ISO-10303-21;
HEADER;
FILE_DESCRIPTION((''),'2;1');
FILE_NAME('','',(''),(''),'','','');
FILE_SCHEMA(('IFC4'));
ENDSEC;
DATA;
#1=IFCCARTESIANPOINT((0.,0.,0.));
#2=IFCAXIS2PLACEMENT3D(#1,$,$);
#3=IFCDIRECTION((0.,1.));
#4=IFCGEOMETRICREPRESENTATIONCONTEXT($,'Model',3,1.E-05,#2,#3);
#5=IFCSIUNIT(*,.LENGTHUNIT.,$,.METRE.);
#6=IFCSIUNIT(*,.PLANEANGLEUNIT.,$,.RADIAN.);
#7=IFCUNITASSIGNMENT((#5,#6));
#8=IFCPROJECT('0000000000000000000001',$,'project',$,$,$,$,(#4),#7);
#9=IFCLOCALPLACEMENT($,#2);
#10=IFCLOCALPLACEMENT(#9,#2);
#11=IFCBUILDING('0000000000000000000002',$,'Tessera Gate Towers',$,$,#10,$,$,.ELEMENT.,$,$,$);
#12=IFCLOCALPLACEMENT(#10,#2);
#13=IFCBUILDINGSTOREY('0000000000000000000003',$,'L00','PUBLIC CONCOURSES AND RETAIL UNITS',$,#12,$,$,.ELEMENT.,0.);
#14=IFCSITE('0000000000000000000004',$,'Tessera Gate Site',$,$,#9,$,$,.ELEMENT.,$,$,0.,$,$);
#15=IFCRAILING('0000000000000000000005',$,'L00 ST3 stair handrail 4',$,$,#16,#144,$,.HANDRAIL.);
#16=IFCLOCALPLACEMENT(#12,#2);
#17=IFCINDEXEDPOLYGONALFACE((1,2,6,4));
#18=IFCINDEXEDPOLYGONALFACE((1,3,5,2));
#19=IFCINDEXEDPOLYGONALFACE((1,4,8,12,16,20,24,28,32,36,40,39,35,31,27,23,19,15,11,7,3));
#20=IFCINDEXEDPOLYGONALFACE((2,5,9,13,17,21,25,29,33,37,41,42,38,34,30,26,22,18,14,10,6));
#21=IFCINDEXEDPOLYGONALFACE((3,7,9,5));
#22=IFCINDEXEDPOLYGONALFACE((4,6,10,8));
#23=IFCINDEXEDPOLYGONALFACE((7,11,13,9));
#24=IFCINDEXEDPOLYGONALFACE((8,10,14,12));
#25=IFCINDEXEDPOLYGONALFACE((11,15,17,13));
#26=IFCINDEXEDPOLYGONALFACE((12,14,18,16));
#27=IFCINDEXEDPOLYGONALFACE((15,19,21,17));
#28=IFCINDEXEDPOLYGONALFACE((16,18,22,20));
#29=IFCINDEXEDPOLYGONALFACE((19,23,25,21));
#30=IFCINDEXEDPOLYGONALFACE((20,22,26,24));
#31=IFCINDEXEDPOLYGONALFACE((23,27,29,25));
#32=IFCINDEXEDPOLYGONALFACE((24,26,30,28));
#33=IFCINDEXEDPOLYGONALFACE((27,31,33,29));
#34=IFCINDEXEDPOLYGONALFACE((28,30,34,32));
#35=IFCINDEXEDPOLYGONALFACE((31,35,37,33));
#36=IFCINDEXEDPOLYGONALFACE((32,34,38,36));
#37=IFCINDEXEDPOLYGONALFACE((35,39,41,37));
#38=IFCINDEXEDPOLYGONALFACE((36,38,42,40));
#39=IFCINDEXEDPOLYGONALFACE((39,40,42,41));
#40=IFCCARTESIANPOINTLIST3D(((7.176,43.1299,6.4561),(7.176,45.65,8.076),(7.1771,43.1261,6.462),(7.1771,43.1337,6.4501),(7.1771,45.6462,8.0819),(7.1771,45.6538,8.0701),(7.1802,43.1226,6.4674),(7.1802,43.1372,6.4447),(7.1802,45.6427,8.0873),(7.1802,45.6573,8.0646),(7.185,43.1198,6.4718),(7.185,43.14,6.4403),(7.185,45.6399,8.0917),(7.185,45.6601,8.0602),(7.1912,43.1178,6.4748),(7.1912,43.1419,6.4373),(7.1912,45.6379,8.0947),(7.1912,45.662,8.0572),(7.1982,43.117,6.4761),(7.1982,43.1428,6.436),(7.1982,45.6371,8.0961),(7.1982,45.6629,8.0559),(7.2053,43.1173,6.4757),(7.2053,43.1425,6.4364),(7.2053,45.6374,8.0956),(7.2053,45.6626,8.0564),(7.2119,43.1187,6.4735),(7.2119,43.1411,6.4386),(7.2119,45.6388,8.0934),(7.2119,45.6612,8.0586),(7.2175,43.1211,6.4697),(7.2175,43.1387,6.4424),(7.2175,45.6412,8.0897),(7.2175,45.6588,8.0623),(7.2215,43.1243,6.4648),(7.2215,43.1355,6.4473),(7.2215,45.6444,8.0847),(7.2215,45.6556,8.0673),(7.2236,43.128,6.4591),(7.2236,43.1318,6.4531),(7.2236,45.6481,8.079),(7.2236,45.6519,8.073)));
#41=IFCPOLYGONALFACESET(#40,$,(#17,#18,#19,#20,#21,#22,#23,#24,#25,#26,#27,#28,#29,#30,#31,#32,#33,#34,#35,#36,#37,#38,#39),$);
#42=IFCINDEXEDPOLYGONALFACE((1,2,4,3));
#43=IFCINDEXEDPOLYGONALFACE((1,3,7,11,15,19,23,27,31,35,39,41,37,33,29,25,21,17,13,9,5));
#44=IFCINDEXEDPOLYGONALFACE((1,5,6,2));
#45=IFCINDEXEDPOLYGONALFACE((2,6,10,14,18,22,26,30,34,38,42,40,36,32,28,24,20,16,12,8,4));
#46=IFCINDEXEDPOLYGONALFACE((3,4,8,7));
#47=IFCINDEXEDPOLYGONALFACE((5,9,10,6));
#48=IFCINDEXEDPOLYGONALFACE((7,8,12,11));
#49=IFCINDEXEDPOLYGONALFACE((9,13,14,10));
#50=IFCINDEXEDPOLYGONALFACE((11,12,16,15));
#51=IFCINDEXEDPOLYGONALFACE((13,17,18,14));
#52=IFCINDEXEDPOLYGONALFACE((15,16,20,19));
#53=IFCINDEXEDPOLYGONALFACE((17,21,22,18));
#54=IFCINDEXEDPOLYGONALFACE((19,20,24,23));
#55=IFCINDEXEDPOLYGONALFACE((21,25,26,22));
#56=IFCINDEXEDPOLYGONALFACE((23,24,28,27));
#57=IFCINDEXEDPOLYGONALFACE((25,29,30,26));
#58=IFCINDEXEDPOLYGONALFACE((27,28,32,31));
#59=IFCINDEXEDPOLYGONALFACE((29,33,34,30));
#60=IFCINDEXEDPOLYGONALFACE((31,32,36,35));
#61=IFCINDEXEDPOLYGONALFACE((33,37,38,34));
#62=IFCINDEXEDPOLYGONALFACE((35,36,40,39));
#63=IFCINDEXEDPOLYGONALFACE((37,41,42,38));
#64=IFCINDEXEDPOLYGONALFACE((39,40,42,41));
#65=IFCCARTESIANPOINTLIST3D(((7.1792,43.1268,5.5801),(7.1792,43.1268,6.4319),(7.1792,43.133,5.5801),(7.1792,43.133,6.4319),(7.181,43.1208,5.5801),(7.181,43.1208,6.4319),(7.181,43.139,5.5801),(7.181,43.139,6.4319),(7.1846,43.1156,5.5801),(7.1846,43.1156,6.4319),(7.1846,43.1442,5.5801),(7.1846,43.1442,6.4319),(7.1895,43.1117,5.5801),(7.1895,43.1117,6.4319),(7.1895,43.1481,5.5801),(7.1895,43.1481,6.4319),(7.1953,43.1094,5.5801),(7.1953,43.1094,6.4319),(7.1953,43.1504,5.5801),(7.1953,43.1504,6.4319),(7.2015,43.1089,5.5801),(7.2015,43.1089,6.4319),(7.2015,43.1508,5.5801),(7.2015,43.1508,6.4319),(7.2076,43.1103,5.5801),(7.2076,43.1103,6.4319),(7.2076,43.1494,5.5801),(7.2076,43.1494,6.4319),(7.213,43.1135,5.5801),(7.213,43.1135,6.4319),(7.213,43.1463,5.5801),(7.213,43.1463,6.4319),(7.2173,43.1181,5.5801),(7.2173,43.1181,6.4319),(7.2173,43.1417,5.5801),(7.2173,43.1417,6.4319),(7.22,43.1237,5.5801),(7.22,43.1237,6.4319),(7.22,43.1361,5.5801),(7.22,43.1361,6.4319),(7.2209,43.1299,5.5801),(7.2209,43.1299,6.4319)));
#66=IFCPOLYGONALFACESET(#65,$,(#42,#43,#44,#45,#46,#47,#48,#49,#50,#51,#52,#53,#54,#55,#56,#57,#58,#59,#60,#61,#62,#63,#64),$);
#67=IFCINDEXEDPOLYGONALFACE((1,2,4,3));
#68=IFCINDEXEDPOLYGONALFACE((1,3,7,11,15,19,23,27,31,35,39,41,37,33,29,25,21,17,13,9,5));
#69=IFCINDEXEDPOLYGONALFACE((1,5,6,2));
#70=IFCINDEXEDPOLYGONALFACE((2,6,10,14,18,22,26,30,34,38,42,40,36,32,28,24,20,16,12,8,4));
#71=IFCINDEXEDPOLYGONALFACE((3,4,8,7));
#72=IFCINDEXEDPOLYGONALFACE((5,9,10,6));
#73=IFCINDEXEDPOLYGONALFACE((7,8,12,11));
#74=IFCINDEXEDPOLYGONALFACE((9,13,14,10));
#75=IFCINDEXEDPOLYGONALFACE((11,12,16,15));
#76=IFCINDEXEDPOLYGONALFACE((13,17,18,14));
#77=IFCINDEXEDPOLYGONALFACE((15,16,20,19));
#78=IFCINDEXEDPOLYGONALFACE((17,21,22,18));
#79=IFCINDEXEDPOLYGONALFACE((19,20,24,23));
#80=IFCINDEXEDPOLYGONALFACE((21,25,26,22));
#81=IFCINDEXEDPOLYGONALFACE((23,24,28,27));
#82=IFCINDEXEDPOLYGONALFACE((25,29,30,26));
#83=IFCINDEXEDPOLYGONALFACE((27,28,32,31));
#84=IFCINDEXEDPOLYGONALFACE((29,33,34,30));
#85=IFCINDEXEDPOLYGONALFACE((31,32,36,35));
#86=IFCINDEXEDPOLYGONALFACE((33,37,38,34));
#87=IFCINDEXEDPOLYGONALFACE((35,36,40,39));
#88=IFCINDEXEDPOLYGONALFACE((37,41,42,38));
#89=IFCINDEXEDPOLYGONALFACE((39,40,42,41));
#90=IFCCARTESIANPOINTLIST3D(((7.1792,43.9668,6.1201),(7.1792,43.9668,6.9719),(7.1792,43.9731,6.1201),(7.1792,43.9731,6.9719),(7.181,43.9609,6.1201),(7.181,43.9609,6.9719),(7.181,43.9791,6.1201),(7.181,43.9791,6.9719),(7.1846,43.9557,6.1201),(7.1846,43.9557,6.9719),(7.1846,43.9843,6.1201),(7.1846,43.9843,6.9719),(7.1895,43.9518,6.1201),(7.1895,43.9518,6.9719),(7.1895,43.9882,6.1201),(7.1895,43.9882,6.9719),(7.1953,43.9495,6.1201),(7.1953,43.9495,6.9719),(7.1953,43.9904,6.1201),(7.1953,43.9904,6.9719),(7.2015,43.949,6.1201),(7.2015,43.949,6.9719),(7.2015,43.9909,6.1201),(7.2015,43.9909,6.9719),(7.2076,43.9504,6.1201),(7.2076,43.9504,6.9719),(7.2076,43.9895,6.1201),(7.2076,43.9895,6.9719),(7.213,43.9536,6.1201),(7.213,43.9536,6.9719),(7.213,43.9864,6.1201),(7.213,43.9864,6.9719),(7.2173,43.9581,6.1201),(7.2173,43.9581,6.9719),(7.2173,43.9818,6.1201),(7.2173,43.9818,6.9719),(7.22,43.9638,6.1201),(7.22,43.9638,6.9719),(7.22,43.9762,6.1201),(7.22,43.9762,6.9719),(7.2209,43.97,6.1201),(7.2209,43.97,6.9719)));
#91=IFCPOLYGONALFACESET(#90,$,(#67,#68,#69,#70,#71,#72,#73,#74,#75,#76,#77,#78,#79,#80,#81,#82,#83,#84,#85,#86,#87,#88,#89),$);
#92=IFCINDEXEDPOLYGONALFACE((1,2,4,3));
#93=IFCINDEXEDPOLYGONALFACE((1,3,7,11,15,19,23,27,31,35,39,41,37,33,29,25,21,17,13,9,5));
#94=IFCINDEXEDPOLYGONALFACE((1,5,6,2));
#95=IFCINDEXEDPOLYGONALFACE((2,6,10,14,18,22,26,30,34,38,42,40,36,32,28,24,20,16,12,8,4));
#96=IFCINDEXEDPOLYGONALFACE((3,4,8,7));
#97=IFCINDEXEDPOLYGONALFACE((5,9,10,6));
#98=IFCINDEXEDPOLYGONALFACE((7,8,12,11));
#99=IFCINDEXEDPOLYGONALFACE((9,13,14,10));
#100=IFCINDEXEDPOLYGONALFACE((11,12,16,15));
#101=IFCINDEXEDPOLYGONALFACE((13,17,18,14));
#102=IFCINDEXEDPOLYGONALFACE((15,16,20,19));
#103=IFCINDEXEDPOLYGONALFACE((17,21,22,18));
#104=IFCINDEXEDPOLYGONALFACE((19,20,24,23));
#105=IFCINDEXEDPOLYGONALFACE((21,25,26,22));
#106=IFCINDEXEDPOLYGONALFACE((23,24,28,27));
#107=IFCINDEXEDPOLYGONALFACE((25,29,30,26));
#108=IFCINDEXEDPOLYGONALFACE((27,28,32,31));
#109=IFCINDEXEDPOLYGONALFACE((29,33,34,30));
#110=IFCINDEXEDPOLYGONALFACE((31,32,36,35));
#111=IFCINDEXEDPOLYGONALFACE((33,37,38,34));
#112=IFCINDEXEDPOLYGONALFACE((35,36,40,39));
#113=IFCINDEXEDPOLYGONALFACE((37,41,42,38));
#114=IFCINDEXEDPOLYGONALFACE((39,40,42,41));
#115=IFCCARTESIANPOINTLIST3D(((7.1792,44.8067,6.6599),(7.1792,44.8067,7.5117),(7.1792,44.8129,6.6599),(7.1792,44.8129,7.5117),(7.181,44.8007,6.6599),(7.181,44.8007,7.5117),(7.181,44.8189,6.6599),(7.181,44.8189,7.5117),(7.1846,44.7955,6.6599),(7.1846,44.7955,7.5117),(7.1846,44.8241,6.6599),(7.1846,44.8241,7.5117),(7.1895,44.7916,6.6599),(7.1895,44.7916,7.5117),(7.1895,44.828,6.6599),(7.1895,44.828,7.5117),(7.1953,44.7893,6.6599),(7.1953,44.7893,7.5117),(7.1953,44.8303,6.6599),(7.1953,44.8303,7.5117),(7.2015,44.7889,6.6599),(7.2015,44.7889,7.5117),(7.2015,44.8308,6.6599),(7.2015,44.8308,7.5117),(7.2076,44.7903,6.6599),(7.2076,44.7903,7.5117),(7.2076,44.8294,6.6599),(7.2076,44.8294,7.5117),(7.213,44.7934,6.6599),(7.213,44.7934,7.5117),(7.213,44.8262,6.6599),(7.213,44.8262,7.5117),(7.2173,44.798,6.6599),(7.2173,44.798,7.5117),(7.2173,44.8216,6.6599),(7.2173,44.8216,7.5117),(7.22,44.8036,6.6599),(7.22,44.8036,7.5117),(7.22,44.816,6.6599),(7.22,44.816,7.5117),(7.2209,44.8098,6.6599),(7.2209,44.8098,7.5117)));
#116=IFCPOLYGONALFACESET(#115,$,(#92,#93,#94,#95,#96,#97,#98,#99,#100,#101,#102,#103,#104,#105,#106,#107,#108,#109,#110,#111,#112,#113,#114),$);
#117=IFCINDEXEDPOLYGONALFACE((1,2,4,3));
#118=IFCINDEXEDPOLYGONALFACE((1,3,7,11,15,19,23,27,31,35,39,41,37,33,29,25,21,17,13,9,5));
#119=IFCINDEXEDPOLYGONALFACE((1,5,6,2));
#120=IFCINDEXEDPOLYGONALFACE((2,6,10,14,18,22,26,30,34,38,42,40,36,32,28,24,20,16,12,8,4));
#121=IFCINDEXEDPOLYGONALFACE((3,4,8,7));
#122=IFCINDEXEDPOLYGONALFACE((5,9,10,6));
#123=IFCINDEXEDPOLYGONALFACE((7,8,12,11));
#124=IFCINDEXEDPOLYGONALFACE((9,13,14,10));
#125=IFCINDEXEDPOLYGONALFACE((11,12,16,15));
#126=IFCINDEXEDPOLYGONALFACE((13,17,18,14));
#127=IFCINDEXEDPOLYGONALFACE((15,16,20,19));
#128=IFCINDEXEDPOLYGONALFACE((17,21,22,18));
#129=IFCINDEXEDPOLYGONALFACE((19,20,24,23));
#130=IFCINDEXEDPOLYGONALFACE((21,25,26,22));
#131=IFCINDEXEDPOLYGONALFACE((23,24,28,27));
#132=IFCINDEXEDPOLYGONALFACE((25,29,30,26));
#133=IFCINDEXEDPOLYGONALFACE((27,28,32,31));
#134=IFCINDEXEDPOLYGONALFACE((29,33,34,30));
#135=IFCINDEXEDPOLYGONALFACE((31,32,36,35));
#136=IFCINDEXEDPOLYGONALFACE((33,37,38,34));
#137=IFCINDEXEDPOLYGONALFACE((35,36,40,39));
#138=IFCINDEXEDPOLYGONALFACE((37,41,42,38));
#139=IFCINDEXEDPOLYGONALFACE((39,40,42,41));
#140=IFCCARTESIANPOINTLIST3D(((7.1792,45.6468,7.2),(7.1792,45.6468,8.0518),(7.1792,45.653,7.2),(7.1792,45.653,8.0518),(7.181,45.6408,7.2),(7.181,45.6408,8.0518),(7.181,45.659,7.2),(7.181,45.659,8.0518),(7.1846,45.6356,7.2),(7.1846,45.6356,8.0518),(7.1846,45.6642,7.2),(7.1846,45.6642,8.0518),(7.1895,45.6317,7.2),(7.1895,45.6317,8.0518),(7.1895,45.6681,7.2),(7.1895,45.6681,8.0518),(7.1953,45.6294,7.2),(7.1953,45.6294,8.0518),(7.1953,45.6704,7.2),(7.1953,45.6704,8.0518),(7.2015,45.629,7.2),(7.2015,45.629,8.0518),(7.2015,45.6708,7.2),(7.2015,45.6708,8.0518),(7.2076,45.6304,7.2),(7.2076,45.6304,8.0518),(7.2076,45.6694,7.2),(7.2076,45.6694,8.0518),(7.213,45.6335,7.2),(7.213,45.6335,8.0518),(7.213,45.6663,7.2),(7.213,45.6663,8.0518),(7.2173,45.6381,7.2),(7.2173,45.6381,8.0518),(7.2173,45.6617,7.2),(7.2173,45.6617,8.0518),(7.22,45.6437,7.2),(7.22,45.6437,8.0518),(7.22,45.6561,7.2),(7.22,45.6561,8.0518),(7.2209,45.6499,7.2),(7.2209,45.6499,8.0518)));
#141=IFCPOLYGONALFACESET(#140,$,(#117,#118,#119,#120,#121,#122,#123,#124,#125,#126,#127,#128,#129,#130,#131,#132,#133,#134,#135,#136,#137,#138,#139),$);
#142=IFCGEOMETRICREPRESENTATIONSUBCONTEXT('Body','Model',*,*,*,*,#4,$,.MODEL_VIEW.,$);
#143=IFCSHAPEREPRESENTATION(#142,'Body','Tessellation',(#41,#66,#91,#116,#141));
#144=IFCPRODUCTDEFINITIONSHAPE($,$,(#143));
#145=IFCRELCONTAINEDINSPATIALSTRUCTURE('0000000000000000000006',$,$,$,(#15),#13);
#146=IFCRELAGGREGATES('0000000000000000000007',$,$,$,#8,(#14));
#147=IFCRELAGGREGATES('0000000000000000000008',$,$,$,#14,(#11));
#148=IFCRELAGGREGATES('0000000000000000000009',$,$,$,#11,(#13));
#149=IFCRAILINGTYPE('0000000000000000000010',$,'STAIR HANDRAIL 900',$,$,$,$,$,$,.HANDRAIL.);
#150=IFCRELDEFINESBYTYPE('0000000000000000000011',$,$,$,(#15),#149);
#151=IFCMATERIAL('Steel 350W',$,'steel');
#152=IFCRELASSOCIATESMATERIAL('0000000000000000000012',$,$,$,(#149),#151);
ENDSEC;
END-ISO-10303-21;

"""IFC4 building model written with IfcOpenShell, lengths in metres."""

from ifc_helpers import new_model, si_unit, direction, frame, origin, origin_2d, place, context, subcontext, project, spatial, circle, extrude, material, type_object, element, save


model = new_model("IFC4")

# Units and contexts
model_context = context("Model", 3, precision=1e-05, world=origin(), true_north=direction((0.0, 1.0)))
body_context = subcontext(model_context, "Body", "Model", "MODEL_VIEW")
ifc_project = project(units=[si_unit("LENGTHUNIT", "METRE"), si_unit("PLANEANGLEUNIT", "RADIAN")], contexts=[model_context])

# Site, building, storey
site_placement = place(None, origin())
site = spatial("IfcSite", under=ifc_project, at=site_placement, Name="Tessera Gate Site", CompositionType="ELEMENT", RefElevation=0.0)
building_placement = place(site_placement, origin())
building = spatial("IfcBuilding", under=site, at=building_placement, Name="Tessera Gate Towers", CompositionType="ELEMENT")
storey_placement = place(building_placement, origin())
storey = spatial("IfcBuildingStorey", under=building, at=storey_placement, Name="L00", Description="PUBLIC CONCOURSES AND RETAIL UNITS", CompositionType="ELEMENT", Elevation=0.0)

# Railing
ifc_material_1 = material(Name="Steel 350W", Category="steel")
railing_type = type_object("IfcRailingType", Name="STAIR HANDRAIL 900", PredefinedType="HANDRAIL", material=ifc_material_1)
railing_1_placement = place(storey_placement, frame((7.2, 43.1299, 5.5801)))
element("IfcRailing", 1, at=railing_1_placement, inside=storey, type_object=railing_type, Name="L00 ST3 stair handrail 4", PredefinedType="HANDRAIL", context=body_context, shape_type="SweptSolid", body=[
    extrude(circle(Radius=0.0239, at=origin_2d()), frame((0.0, 0.0, 0.876), z_axis=(0.0, 0.8412, 0.540725), x_axis=(-1.0, 0.0, 0.0)), (0.0, 0.0, 1.0), 2.9958),
    extrude(circle(Radius=0.021, at=origin_2d()), origin(), (0.0, 0.0, 1.0), 0.8518),
    extrude(circle(Radius=0.021, at=origin_2d()), frame((0.0, 0.8401, 0.54)), (0.0, 0.0, 1.0), 0.8518),
    extrude(circle(Radius=0.021, at=origin_2d()), frame((0.0, 1.6799, 1.0798)), (0.0, 0.0, 1.0), 0.8518),
    extrude(circle(Radius=0.021, at=origin_2d()), frame((0.0, 2.52, 1.6199)), (0.0, 0.0, 1.0), 0.8518),
])

save(model, "model.ifc")
